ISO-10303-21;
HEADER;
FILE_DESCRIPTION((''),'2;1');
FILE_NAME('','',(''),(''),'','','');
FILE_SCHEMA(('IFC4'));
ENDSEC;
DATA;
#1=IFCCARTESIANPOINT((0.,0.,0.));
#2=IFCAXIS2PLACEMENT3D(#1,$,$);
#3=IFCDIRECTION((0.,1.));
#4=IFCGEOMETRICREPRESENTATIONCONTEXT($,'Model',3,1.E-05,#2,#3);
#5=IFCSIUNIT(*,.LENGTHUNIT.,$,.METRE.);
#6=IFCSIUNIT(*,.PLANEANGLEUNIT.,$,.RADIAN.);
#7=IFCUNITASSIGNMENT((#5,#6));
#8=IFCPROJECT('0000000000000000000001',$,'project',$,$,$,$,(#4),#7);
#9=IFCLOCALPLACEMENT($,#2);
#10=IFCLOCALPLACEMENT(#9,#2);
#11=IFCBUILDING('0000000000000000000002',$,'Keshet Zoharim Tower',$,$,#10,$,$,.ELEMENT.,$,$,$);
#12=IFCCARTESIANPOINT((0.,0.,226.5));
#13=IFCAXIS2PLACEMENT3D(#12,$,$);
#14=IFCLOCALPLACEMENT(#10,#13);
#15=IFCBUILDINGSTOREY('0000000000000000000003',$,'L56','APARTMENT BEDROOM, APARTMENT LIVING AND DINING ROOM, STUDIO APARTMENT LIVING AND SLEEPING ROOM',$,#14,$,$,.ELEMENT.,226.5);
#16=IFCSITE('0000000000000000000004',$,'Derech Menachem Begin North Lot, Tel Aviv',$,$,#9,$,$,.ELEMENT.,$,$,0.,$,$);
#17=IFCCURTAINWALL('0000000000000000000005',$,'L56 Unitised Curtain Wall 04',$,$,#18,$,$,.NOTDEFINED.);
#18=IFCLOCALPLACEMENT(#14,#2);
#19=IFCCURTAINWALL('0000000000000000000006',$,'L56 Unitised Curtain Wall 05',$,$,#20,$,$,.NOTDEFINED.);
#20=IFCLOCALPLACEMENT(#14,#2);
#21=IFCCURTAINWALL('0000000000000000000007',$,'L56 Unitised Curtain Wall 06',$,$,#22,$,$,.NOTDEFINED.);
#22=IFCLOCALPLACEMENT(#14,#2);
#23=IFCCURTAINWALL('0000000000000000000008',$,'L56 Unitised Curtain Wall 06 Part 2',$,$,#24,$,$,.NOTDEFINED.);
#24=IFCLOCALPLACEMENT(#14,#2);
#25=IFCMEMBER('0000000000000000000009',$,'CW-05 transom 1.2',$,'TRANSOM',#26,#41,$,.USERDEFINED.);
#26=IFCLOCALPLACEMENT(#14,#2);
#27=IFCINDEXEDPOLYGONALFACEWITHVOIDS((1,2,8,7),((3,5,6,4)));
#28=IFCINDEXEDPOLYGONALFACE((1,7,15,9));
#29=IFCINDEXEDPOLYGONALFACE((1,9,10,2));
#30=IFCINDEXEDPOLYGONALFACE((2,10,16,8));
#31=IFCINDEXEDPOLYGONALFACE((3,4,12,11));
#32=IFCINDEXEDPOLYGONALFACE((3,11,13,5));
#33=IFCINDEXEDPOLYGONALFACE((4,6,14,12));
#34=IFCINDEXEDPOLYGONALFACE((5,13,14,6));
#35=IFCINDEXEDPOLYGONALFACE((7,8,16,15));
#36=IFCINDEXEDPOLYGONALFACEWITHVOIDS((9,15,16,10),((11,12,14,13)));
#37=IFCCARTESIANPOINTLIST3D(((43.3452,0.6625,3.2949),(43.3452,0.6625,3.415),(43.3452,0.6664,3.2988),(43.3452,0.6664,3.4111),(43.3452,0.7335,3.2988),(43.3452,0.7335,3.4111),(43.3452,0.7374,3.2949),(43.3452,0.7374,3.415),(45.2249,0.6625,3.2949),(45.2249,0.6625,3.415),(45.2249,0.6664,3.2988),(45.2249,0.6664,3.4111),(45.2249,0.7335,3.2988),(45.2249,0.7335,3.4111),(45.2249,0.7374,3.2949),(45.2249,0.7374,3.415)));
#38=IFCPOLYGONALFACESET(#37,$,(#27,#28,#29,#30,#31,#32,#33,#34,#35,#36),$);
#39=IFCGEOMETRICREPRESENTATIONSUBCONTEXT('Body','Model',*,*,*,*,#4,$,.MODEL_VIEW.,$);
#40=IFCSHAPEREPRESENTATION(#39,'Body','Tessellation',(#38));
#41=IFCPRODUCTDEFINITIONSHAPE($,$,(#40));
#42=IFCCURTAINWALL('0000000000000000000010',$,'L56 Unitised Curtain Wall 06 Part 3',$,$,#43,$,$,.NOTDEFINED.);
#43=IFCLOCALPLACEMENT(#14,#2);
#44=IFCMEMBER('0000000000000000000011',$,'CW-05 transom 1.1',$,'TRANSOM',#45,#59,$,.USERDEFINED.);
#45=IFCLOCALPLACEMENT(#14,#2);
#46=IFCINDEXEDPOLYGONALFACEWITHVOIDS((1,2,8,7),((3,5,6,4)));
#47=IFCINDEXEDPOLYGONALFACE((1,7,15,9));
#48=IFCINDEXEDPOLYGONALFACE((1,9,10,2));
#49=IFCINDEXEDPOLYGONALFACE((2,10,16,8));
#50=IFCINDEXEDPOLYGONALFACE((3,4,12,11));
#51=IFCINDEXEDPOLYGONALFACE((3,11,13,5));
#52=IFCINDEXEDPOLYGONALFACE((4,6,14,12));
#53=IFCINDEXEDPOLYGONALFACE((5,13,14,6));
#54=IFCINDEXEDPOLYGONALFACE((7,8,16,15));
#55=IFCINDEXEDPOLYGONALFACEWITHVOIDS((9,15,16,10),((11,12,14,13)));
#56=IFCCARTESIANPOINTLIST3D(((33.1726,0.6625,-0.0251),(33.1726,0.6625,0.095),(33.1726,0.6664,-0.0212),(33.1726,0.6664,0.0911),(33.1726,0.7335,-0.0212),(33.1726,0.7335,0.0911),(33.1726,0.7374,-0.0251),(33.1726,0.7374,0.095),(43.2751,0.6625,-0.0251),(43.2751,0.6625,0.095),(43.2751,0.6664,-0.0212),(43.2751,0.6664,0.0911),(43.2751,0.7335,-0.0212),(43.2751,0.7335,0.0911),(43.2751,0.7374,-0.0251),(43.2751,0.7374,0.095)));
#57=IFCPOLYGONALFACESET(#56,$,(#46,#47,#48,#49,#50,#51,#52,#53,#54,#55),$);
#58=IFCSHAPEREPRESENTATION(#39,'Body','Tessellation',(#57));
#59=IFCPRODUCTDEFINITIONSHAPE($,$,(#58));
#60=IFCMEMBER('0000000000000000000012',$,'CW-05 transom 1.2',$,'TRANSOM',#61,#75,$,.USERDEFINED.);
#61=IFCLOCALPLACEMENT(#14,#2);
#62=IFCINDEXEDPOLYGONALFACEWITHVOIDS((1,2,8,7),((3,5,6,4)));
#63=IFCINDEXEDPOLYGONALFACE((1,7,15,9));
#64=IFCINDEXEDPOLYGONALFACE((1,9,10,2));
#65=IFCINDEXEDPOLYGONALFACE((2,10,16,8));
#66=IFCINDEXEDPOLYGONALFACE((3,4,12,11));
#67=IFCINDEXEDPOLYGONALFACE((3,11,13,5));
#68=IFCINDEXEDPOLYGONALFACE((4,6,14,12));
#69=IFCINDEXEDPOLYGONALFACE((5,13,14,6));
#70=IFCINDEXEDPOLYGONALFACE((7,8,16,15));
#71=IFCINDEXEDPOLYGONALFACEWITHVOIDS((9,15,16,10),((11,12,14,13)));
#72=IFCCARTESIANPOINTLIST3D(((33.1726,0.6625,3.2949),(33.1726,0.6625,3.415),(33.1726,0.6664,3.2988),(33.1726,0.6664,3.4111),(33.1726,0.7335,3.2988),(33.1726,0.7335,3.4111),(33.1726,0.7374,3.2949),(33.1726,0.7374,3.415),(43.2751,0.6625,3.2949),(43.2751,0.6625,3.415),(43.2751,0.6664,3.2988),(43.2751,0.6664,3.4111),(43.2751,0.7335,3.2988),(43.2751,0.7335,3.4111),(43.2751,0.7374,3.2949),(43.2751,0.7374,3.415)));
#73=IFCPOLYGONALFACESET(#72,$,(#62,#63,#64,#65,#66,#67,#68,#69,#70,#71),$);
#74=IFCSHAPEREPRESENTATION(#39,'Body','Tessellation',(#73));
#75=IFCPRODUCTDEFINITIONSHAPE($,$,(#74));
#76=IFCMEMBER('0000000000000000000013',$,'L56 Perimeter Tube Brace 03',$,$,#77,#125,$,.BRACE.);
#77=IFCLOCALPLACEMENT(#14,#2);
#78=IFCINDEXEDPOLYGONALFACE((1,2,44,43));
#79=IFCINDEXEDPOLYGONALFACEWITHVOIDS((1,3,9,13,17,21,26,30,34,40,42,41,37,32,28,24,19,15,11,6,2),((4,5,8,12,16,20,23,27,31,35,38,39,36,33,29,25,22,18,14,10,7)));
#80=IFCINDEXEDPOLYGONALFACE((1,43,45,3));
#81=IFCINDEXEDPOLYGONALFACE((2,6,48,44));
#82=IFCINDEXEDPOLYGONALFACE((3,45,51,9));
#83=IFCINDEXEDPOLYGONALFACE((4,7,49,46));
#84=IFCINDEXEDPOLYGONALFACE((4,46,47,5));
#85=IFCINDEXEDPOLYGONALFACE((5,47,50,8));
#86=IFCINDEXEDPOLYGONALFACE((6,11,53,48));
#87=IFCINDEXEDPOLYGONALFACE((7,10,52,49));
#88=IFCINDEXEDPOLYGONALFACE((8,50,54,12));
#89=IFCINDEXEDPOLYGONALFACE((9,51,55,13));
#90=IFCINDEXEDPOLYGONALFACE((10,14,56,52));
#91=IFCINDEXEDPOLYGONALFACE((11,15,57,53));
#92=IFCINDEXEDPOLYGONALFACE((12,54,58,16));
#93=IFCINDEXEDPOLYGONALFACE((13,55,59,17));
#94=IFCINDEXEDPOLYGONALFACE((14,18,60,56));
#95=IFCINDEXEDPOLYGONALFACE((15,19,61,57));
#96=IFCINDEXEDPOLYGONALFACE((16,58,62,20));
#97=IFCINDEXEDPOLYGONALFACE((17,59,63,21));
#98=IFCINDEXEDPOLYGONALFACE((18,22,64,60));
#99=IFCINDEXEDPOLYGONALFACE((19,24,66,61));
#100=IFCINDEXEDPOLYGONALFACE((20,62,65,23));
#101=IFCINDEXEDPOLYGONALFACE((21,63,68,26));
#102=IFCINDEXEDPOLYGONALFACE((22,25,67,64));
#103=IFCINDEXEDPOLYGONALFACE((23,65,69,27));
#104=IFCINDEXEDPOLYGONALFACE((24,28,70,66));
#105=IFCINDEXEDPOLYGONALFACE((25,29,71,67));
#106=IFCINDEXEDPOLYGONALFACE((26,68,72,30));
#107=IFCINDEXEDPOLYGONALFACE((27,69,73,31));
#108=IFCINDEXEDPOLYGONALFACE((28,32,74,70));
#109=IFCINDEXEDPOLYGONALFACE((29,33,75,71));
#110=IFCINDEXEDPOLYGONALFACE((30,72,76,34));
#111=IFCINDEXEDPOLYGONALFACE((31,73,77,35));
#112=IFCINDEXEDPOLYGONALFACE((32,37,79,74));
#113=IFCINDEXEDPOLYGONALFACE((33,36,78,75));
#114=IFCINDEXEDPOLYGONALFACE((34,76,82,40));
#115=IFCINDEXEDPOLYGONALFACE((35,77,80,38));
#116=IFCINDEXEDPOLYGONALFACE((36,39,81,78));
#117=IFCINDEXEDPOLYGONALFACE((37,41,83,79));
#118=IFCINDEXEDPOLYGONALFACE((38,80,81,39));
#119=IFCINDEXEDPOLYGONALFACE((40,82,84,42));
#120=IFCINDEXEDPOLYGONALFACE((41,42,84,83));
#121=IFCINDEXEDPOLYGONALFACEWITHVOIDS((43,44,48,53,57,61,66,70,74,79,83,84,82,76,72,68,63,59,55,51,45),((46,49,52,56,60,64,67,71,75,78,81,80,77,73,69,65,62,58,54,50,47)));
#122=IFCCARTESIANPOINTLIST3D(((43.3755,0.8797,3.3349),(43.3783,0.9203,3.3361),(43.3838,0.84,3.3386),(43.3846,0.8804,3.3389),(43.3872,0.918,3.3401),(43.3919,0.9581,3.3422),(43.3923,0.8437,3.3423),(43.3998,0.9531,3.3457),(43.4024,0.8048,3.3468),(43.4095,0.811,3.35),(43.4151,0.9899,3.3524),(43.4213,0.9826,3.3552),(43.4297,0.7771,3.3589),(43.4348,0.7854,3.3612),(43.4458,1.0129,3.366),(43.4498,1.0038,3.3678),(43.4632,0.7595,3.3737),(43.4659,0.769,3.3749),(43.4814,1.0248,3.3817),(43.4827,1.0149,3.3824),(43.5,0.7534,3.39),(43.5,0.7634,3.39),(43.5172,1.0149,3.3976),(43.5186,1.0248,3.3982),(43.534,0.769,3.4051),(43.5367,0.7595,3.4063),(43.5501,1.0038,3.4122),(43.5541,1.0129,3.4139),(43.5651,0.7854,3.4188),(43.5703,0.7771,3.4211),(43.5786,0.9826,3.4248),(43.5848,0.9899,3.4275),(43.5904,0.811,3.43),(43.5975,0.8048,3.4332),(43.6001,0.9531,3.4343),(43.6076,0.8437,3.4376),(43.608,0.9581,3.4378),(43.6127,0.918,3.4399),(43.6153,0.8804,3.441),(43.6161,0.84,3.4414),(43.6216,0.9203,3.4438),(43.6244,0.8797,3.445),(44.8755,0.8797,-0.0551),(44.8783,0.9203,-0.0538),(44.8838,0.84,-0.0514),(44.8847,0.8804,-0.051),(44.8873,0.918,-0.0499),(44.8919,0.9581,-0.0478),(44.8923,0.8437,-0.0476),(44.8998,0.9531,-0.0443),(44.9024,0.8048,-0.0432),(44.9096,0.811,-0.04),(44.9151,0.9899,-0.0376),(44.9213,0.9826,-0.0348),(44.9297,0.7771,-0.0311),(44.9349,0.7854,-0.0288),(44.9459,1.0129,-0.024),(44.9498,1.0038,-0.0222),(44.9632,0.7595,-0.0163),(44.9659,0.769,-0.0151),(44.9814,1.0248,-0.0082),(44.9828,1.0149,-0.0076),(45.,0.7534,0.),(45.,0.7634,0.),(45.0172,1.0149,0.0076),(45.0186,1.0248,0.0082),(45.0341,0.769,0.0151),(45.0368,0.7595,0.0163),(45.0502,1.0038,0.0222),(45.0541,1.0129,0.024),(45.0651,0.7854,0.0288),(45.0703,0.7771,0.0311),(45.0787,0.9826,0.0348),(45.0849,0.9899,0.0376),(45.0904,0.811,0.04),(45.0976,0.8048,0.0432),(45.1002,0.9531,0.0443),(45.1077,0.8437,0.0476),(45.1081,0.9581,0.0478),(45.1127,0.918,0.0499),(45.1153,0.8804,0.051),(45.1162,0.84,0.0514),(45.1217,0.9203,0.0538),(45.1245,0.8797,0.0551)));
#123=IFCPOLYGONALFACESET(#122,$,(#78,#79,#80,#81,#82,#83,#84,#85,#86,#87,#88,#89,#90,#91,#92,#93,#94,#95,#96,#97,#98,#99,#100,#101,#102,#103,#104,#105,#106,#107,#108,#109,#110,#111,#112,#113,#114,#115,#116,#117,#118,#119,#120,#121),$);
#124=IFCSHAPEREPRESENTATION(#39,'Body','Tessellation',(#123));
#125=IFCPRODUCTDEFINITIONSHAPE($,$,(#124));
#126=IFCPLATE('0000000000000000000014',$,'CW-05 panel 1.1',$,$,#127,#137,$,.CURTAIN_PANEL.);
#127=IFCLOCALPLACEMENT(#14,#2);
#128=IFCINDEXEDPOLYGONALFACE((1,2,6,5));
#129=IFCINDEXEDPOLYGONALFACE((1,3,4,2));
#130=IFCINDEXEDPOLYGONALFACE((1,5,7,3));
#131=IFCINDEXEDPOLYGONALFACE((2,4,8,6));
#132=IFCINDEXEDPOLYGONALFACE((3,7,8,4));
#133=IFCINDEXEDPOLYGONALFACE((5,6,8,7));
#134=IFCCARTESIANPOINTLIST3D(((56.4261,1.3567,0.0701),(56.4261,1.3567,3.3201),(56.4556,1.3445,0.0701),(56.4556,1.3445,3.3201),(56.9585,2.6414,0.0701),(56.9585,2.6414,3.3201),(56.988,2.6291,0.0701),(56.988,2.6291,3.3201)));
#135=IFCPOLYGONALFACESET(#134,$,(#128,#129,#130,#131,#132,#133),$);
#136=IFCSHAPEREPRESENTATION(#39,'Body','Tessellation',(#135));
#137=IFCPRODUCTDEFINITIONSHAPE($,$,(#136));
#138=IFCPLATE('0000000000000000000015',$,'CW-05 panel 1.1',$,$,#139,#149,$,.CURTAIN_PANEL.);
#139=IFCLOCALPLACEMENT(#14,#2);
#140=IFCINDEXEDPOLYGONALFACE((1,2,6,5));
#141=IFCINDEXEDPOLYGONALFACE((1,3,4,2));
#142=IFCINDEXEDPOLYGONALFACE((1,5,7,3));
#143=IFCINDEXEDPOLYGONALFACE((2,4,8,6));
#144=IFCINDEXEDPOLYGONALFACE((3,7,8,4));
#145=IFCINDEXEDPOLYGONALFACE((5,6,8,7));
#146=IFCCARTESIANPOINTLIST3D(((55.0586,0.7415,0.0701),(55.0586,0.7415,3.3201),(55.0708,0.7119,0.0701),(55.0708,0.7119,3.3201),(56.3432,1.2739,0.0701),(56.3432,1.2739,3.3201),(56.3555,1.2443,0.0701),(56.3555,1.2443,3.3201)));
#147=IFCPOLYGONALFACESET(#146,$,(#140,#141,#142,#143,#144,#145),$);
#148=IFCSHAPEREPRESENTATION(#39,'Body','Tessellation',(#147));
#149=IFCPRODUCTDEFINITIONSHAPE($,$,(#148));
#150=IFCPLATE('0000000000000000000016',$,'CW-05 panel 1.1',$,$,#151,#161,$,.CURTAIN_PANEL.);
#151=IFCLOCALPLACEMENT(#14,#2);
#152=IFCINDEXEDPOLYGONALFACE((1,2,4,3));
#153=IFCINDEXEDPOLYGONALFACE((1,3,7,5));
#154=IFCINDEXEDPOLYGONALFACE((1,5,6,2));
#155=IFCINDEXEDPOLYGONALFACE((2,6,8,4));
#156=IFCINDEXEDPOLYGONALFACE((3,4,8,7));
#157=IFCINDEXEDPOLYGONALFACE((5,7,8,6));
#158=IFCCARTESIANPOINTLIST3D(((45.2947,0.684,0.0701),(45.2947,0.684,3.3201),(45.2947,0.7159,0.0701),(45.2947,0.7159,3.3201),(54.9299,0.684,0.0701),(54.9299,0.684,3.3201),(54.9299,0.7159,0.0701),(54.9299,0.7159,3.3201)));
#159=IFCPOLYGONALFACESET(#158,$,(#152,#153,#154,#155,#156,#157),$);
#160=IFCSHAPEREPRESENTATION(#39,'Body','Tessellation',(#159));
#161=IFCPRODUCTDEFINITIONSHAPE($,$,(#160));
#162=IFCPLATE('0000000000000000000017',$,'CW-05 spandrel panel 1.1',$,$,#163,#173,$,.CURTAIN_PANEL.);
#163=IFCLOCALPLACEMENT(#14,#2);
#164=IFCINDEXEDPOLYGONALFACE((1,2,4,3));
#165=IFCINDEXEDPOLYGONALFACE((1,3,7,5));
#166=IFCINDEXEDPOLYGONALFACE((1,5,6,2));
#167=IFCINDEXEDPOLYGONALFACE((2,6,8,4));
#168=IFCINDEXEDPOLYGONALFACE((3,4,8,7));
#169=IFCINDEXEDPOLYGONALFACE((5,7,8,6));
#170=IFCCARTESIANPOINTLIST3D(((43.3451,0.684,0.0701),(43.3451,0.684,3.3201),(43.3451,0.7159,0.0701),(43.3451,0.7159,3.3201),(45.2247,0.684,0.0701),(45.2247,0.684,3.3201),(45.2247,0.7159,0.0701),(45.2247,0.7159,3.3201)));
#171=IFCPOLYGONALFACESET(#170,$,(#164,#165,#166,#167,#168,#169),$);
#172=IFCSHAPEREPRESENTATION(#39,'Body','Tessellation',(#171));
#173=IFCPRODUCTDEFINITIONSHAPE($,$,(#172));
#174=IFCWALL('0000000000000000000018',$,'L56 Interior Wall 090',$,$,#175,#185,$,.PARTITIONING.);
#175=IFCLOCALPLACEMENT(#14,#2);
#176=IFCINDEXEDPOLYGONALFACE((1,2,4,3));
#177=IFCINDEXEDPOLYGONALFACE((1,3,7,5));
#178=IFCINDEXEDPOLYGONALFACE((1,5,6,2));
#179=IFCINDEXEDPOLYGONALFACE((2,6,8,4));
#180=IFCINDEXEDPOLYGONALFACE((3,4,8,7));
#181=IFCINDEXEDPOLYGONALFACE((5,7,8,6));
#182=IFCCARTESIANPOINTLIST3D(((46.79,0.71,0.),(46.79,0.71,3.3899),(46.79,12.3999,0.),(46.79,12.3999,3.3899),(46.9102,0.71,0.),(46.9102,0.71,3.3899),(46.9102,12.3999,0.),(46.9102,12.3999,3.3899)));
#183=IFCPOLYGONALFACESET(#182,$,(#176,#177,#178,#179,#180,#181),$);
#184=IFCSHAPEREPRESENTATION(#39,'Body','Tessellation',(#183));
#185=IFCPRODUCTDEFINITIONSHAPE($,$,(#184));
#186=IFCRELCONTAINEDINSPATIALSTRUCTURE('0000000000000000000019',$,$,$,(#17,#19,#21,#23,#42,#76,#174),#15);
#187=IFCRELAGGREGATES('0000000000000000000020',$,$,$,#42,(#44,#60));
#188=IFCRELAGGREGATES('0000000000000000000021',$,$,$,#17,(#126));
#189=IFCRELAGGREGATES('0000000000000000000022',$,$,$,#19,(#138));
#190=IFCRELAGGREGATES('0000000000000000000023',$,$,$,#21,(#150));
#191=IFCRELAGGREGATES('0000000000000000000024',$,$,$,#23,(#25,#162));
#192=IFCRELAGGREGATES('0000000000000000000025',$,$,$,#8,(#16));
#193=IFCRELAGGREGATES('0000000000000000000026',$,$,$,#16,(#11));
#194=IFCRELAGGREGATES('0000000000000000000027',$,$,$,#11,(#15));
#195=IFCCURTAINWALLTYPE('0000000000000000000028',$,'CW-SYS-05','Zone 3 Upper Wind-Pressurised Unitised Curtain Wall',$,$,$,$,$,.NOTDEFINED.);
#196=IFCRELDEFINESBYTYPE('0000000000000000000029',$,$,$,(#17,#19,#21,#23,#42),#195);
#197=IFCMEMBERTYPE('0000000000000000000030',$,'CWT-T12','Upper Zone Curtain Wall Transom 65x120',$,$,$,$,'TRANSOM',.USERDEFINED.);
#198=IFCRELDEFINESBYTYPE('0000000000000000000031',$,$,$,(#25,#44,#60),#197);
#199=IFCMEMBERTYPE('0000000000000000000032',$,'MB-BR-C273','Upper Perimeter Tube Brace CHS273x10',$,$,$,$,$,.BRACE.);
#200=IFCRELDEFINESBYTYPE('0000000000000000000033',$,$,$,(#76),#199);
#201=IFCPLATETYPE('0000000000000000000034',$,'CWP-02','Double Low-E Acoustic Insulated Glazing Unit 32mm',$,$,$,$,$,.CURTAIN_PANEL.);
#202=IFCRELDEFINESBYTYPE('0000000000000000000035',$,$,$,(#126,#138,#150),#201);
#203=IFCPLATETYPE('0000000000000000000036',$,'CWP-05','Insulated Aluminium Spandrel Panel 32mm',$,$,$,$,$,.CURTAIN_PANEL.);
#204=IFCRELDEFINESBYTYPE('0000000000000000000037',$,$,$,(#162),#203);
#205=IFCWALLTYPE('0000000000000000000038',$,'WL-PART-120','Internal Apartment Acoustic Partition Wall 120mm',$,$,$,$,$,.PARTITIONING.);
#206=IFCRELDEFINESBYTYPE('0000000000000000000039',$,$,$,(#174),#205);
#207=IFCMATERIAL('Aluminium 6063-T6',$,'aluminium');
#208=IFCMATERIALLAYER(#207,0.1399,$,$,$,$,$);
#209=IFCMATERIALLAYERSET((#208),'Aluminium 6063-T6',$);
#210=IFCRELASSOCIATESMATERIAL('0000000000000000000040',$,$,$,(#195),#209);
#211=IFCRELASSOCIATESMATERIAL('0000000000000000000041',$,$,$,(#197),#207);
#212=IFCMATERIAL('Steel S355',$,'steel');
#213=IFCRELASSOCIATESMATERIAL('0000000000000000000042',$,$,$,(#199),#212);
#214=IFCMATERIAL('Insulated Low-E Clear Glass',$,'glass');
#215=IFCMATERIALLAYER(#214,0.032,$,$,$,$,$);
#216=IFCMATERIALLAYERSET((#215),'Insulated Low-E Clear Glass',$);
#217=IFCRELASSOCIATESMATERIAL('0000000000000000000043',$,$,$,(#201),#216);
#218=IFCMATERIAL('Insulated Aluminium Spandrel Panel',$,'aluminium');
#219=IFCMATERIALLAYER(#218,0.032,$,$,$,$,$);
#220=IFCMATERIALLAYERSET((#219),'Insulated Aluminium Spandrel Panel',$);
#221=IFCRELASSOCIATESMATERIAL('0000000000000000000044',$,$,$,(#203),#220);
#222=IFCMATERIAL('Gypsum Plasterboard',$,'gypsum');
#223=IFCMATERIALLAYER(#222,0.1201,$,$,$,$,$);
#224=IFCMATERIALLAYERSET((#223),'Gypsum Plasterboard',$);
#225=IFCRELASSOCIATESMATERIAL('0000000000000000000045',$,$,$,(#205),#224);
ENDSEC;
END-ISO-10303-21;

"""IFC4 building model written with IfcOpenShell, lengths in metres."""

from ifc_helpers import new_model, si_unit, direction, frame, frame_2d, origin, origin_2d, place, context, subcontext, project, spatial, rectangle, hollow_rectangle, hollow_circle, extrude, material, layer, layer_set, material_profile, profile_set, type_object, element, aggregate, save


model = new_model("IFC4")

# Units and contexts
model_context = context("Model", 3, precision=1e-05, world=origin(), true_north=direction((0.0, 1.0)))
body_context = subcontext(model_context, "Body", "Model", "MODEL_VIEW")
ifc_project = project(units=[si_unit("LENGTHUNIT", "METRE"), si_unit("PLANEANGLEUNIT", "RADIAN")], contexts=[model_context])

# Site, building, storey
site_placement = place(None, origin())
site = spatial("IfcSite", under=ifc_project, at=site_placement, Name="Derech Menachem Begin North Lot, Tel Aviv", CompositionType="ELEMENT", RefElevation=0.0)
building_placement = place(site_placement, origin())
building = spatial("IfcBuilding", under=site, at=building_placement, Name="Keshet Zoharim Tower", CompositionType="ELEMENT")
storey_placement = place(building_placement, frame((0.0, 0.0, 226.5)))
storey = spatial("IfcBuildingStorey", under=building, at=storey_placement, Name="L56", Description="APARTMENT BEDROOM, APARTMENT LIVING AND DINING ROOM, STUDIO APARTMENT LIVING AND SLEEPING ROOM", CompositionType="ELEMENT", Elevation=226.5)

# Shared definitions
ifc_material_1 = material(Name="Steel S355", Category="steel")

# Curtain walls
ifc_material_2 = material(Name="Aluminium 6063-T6", Category="aluminium")
ifc_layer_1 = layer(ifc_material_2, 0.1399)
ifc_layer_set_1 = layer_set([ifc_layer_1], Name="Aluminium 6063-T6")
curtain_wall_type = type_object("IfcCurtainWallType", Name="CW-SYS-05", Description="Zone 3 Upper Wind-Pressurised Unitised Curtain Wall", PredefinedType="NOTDEFINED", material=ifc_layer_set_1)
curtain_wall_1_placement = place(storey_placement, origin())
curtain_wall_1 = element("IfcCurtainWall", 1, at=curtain_wall_1_placement, inside=storey, type_object=curtain_wall_type, Name="L56 Unitised Curtain Wall 04", PredefinedType="NOTDEFINED")
curtain_wall_2_placement = place(storey_placement, origin())
curtain_wall_2 = element("IfcCurtainWall", 2, at=curtain_wall_2_placement, inside=storey, type_object=curtain_wall_type, Name="L56 Unitised Curtain Wall 05", PredefinedType="NOTDEFINED")
curtain_wall_3_placement = place(storey_placement, origin())
curtain_wall_3 = element("IfcCurtainWall", 3, at=curtain_wall_3_placement, inside=storey, type_object=curtain_wall_type, Name="L56 Unitised Curtain Wall 06", PredefinedType="NOTDEFINED")

# Curtain wall
curtain_wall_4_placement = place(storey_placement, origin())
curtain_wall_4 = element("IfcCurtainWall", 4, at=curtain_wall_4_placement, inside=storey, type_object=curtain_wall_type, Name="L56 Unitised Curtain Wall 06 Part 2", PredefinedType="NOTDEFINED")

# Member
ifc_material_profile_1 = material_profile(ifc_material_2, hollow_rectangle(XDim=0.075, YDim=0.1201, WallThickness=0.0039, at=origin_2d()), Name="TRN-75x120")
ifc_profile_set_1 = profile_set([ifc_material_profile_1], Name="Aluminium 6063-T6")
member_type_1 = type_object("IfcMemberType", Name="CWT-T12", Description="Upper Zone Curtain Wall Transom 65x120", ElementType="TRANSOM", PredefinedType="USERDEFINED", material=ifc_profile_set_1)
member_1_placement = place(storey_placement, frame((45.2249, 0.7, 3.355), z_axis=(-1.0, 0.0, 0.0), x_axis=(0.0, -1.0, 0.0)))
member_1 = element("IfcMember", 5, at=member_1_placement, type_object=member_type_1, Name="CW-05 transom 1.2", ObjectType="TRANSOM", PredefinedType="USERDEFINED", context=body_context, shape_type="SweptSolid", body=[
    extrude(hollow_rectangle(XDim=0.075, YDim=0.1201, WallThickness=0.0039, at=origin_2d()), origin(), (0.0, 0.0, 1.0), 1.8796),
])

# Curtain wall, members
curtain_wall_5_placement = place(storey_placement, origin())
curtain_wall_5 = element("IfcCurtainWall", 6, at=curtain_wall_5_placement, inside=storey, type_object=curtain_wall_type, Name="L56 Unitised Curtain Wall 06 Part 3", PredefinedType="NOTDEFINED")
member_2_placement = place(storey_placement, frame((43.2751, 0.7, 0.0349), z_axis=(-1.0, 0.0, 0.0), x_axis=(0.0, -1.0, 0.0)))
member_2 = element("IfcMember", 7, at=member_2_placement, type_object=member_type_1, Name="CW-05 transom 1.1", ObjectType="TRANSOM", PredefinedType="USERDEFINED", context=body_context, shape_type="SweptSolid", body=[
    extrude(hollow_rectangle(XDim=0.075, YDim=0.1201, WallThickness=0.0039, at=origin_2d()), origin(), (0.0, 0.0, 1.0), 10.1025),
])
member_3_placement = place(storey_placement, frame((43.2751, 0.7, 3.355), z_axis=(-1.0, 0.0, 0.0), x_axis=(0.0, -1.0, 0.0)))
member_3 = element("IfcMember", 8, at=member_3_placement, type_object=member_type_1, Name="CW-05 transom 1.2", ObjectType="TRANSOM", PredefinedType="USERDEFINED", context=body_context, shape_type="SweptSolid", body=[
    extrude(hollow_rectangle(XDim=0.075, YDim=0.1201, WallThickness=0.0039, at=origin_2d()), origin(), (0.0, 0.0, 1.0), 10.1025),
])
aggregate(curtain_wall_5, [member_2, member_3])

# Member
ifc_material_profile_2 = material_profile(ifc_material_1, hollow_circle(Radius=0.1365, WallThickness=0.01, at=origin_2d()), Name="CHS273x10")
ifc_profile_set_2 = profile_set([ifc_material_profile_2], Name="Steel S355")
member_type_2 = type_object("IfcMemberType", Name="MB-BR-C273", Description="Upper Perimeter Tube Brace CHS273x10", PredefinedType="BRACE", material=ifc_profile_set_2)
member_4_placement = place(storey_placement, frame((45.0, 0.8899, 0.0), z_axis=(-0.404647, 0.0, 0.914473), x_axis=(0.0, -1.0, 0.0)))
element("IfcMember", 9, at=member_4_placement, inside=storey, type_object=member_type_2, Name="L56 Perimeter Tube Brace 03", PredefinedType="BRACE", context=body_context, shape_type="SweptSolid", body=[
    extrude(hollow_circle(Radius=0.1365, WallThickness=0.01, at=origin_2d()), origin(), (0.0, 0.0, 1.0), 3.707),
])

# Plates
ifc_material_3 = material(Name="Insulated Low-E Clear Glass", Category="glass")
ifc_layer_2 = layer(ifc_material_3, 0.032)
ifc_layer_set_2 = layer_set([ifc_layer_2], Name="Insulated Low-E Clear Glass")
plate_type_1 = type_object("IfcPlateType", Name="CWP-02", Description="Double Low-E Acoustic Insulated Glazing Unit 32mm", PredefinedType="CURTAIN_PANEL", material=ifc_layer_set_2)
plate_1_placement = place(storey_placement, frame((56.707, 1.9929, 0.0701), z_axis=(0.0, 0.0, 1.0), x_axis=(-0.382852, -0.92381, 0.0)))
plate_1 = element("IfcPlate", 10, at=plate_1_placement, type_object=plate_type_1, Name="CW-05 panel 1.1", PredefinedType="CURTAIN_PANEL", context=body_context, shape_type="SweptSolid", body=[
    extrude(rectangle(XDim=1.3906, YDim=0.032, at=origin_2d()), origin(), (0.0, 0.0, 1.0), 3.25),
])
aggregate(curtain_wall_1, [plate_1])
plate_2_placement = place(storey_placement, frame((55.707, 0.9929, 0.0701), z_axis=(0.0, 0.0, 1.0), x_axis=(-0.92381, -0.382852, 0.0)))
plate_2 = element("IfcPlate", 11, at=plate_2_placement, type_object=plate_type_1, Name="CW-05 panel 1.1", PredefinedType="CURTAIN_PANEL", context=body_context, shape_type="SweptSolid", body=[
    extrude(rectangle(XDim=1.3906, YDim=0.032, at=origin_2d()), origin(), (0.0, 0.0, 1.0), 3.25),
])
aggregate(curtain_wall_2, [plate_2])
plate_3_placement = place(storey_placement, frame((50.1123, 0.7, 0.0701), z_axis=(0.0, 0.0, 1.0), x_axis=(-1.0, 0.0, 0.0)))
plate_3 = element("IfcPlate", 12, at=plate_3_placement, type_object=plate_type_1, Name="CW-05 panel 1.1", PredefinedType="CURTAIN_PANEL", context=body_context, shape_type="SweptSolid", body=[
    extrude(rectangle(XDim=9.6353, YDim=0.032, at=origin_2d()), origin(), (0.0, 0.0, 1.0), 3.25),
])
aggregate(curtain_wall_3, [plate_3])
ifc_material_4 = material(Name="Insulated Aluminium Spandrel Panel", Category="aluminium")
ifc_layer_3 = layer(ifc_material_4, 0.032)
ifc_layer_set_3 = layer_set([ifc_layer_3], Name="Insulated Aluminium Spandrel Panel")
plate_type_2 = type_object("IfcPlateType", Name="CWP-05", Description="Insulated Aluminium Spandrel Panel 32mm", PredefinedType="CURTAIN_PANEL", material=ifc_layer_set_3)
plate_4_placement = place(storey_placement, frame((44.2849, 0.7, 0.0701), z_axis=(0.0, 0.0, 1.0), x_axis=(-1.0, 0.0, 0.0)))
plate_4 = element("IfcPlate", 13, at=plate_4_placement, type_object=plate_type_2, Name="CW-05 spandrel panel 1.1", PredefinedType="CURTAIN_PANEL", context=body_context, shape_type="SweptSolid", body=[
    extrude(rectangle(XDim=1.8796, YDim=0.032, at=origin_2d()), origin(), (0.0, 0.0, 1.0), 3.25),
])
aggregate(curtain_wall_4, [member_1, plate_4])

# Wall
ifc_material_5 = material(Name="Gypsum Plasterboard", Category="gypsum")
ifc_layer_4 = layer(ifc_material_5, 0.1201)
ifc_layer_set_4 = layer_set([ifc_layer_4], Name="Gypsum Plasterboard")
wall_type = type_object("IfcWallType", Name="WL-PART-120", Description="Internal Apartment Acoustic Partition Wall 120mm", PredefinedType="PARTITIONING", material=ifc_layer_set_4)
wall_1_placement = place(storey_placement, frame((46.8501, 0.71, 0.0), z_axis=(0.0, 0.0, 1.0), x_axis=(0.0, 1.0, 0.0)))
element("IfcWall", 14, at=wall_1_placement, inside=storey, type_object=wall_type, Name="L56 Interior Wall 090", PredefinedType="PARTITIONING", context=body_context, shape_type="SweptSolid", body=[
    extrude(rectangle(XDim=11.6899, YDim=0.1201, at=frame_2d((5.845, 0.0))), origin(), (0.0, 0.0, 1.0), 3.3899),
])

save(model, "model.ifc")
